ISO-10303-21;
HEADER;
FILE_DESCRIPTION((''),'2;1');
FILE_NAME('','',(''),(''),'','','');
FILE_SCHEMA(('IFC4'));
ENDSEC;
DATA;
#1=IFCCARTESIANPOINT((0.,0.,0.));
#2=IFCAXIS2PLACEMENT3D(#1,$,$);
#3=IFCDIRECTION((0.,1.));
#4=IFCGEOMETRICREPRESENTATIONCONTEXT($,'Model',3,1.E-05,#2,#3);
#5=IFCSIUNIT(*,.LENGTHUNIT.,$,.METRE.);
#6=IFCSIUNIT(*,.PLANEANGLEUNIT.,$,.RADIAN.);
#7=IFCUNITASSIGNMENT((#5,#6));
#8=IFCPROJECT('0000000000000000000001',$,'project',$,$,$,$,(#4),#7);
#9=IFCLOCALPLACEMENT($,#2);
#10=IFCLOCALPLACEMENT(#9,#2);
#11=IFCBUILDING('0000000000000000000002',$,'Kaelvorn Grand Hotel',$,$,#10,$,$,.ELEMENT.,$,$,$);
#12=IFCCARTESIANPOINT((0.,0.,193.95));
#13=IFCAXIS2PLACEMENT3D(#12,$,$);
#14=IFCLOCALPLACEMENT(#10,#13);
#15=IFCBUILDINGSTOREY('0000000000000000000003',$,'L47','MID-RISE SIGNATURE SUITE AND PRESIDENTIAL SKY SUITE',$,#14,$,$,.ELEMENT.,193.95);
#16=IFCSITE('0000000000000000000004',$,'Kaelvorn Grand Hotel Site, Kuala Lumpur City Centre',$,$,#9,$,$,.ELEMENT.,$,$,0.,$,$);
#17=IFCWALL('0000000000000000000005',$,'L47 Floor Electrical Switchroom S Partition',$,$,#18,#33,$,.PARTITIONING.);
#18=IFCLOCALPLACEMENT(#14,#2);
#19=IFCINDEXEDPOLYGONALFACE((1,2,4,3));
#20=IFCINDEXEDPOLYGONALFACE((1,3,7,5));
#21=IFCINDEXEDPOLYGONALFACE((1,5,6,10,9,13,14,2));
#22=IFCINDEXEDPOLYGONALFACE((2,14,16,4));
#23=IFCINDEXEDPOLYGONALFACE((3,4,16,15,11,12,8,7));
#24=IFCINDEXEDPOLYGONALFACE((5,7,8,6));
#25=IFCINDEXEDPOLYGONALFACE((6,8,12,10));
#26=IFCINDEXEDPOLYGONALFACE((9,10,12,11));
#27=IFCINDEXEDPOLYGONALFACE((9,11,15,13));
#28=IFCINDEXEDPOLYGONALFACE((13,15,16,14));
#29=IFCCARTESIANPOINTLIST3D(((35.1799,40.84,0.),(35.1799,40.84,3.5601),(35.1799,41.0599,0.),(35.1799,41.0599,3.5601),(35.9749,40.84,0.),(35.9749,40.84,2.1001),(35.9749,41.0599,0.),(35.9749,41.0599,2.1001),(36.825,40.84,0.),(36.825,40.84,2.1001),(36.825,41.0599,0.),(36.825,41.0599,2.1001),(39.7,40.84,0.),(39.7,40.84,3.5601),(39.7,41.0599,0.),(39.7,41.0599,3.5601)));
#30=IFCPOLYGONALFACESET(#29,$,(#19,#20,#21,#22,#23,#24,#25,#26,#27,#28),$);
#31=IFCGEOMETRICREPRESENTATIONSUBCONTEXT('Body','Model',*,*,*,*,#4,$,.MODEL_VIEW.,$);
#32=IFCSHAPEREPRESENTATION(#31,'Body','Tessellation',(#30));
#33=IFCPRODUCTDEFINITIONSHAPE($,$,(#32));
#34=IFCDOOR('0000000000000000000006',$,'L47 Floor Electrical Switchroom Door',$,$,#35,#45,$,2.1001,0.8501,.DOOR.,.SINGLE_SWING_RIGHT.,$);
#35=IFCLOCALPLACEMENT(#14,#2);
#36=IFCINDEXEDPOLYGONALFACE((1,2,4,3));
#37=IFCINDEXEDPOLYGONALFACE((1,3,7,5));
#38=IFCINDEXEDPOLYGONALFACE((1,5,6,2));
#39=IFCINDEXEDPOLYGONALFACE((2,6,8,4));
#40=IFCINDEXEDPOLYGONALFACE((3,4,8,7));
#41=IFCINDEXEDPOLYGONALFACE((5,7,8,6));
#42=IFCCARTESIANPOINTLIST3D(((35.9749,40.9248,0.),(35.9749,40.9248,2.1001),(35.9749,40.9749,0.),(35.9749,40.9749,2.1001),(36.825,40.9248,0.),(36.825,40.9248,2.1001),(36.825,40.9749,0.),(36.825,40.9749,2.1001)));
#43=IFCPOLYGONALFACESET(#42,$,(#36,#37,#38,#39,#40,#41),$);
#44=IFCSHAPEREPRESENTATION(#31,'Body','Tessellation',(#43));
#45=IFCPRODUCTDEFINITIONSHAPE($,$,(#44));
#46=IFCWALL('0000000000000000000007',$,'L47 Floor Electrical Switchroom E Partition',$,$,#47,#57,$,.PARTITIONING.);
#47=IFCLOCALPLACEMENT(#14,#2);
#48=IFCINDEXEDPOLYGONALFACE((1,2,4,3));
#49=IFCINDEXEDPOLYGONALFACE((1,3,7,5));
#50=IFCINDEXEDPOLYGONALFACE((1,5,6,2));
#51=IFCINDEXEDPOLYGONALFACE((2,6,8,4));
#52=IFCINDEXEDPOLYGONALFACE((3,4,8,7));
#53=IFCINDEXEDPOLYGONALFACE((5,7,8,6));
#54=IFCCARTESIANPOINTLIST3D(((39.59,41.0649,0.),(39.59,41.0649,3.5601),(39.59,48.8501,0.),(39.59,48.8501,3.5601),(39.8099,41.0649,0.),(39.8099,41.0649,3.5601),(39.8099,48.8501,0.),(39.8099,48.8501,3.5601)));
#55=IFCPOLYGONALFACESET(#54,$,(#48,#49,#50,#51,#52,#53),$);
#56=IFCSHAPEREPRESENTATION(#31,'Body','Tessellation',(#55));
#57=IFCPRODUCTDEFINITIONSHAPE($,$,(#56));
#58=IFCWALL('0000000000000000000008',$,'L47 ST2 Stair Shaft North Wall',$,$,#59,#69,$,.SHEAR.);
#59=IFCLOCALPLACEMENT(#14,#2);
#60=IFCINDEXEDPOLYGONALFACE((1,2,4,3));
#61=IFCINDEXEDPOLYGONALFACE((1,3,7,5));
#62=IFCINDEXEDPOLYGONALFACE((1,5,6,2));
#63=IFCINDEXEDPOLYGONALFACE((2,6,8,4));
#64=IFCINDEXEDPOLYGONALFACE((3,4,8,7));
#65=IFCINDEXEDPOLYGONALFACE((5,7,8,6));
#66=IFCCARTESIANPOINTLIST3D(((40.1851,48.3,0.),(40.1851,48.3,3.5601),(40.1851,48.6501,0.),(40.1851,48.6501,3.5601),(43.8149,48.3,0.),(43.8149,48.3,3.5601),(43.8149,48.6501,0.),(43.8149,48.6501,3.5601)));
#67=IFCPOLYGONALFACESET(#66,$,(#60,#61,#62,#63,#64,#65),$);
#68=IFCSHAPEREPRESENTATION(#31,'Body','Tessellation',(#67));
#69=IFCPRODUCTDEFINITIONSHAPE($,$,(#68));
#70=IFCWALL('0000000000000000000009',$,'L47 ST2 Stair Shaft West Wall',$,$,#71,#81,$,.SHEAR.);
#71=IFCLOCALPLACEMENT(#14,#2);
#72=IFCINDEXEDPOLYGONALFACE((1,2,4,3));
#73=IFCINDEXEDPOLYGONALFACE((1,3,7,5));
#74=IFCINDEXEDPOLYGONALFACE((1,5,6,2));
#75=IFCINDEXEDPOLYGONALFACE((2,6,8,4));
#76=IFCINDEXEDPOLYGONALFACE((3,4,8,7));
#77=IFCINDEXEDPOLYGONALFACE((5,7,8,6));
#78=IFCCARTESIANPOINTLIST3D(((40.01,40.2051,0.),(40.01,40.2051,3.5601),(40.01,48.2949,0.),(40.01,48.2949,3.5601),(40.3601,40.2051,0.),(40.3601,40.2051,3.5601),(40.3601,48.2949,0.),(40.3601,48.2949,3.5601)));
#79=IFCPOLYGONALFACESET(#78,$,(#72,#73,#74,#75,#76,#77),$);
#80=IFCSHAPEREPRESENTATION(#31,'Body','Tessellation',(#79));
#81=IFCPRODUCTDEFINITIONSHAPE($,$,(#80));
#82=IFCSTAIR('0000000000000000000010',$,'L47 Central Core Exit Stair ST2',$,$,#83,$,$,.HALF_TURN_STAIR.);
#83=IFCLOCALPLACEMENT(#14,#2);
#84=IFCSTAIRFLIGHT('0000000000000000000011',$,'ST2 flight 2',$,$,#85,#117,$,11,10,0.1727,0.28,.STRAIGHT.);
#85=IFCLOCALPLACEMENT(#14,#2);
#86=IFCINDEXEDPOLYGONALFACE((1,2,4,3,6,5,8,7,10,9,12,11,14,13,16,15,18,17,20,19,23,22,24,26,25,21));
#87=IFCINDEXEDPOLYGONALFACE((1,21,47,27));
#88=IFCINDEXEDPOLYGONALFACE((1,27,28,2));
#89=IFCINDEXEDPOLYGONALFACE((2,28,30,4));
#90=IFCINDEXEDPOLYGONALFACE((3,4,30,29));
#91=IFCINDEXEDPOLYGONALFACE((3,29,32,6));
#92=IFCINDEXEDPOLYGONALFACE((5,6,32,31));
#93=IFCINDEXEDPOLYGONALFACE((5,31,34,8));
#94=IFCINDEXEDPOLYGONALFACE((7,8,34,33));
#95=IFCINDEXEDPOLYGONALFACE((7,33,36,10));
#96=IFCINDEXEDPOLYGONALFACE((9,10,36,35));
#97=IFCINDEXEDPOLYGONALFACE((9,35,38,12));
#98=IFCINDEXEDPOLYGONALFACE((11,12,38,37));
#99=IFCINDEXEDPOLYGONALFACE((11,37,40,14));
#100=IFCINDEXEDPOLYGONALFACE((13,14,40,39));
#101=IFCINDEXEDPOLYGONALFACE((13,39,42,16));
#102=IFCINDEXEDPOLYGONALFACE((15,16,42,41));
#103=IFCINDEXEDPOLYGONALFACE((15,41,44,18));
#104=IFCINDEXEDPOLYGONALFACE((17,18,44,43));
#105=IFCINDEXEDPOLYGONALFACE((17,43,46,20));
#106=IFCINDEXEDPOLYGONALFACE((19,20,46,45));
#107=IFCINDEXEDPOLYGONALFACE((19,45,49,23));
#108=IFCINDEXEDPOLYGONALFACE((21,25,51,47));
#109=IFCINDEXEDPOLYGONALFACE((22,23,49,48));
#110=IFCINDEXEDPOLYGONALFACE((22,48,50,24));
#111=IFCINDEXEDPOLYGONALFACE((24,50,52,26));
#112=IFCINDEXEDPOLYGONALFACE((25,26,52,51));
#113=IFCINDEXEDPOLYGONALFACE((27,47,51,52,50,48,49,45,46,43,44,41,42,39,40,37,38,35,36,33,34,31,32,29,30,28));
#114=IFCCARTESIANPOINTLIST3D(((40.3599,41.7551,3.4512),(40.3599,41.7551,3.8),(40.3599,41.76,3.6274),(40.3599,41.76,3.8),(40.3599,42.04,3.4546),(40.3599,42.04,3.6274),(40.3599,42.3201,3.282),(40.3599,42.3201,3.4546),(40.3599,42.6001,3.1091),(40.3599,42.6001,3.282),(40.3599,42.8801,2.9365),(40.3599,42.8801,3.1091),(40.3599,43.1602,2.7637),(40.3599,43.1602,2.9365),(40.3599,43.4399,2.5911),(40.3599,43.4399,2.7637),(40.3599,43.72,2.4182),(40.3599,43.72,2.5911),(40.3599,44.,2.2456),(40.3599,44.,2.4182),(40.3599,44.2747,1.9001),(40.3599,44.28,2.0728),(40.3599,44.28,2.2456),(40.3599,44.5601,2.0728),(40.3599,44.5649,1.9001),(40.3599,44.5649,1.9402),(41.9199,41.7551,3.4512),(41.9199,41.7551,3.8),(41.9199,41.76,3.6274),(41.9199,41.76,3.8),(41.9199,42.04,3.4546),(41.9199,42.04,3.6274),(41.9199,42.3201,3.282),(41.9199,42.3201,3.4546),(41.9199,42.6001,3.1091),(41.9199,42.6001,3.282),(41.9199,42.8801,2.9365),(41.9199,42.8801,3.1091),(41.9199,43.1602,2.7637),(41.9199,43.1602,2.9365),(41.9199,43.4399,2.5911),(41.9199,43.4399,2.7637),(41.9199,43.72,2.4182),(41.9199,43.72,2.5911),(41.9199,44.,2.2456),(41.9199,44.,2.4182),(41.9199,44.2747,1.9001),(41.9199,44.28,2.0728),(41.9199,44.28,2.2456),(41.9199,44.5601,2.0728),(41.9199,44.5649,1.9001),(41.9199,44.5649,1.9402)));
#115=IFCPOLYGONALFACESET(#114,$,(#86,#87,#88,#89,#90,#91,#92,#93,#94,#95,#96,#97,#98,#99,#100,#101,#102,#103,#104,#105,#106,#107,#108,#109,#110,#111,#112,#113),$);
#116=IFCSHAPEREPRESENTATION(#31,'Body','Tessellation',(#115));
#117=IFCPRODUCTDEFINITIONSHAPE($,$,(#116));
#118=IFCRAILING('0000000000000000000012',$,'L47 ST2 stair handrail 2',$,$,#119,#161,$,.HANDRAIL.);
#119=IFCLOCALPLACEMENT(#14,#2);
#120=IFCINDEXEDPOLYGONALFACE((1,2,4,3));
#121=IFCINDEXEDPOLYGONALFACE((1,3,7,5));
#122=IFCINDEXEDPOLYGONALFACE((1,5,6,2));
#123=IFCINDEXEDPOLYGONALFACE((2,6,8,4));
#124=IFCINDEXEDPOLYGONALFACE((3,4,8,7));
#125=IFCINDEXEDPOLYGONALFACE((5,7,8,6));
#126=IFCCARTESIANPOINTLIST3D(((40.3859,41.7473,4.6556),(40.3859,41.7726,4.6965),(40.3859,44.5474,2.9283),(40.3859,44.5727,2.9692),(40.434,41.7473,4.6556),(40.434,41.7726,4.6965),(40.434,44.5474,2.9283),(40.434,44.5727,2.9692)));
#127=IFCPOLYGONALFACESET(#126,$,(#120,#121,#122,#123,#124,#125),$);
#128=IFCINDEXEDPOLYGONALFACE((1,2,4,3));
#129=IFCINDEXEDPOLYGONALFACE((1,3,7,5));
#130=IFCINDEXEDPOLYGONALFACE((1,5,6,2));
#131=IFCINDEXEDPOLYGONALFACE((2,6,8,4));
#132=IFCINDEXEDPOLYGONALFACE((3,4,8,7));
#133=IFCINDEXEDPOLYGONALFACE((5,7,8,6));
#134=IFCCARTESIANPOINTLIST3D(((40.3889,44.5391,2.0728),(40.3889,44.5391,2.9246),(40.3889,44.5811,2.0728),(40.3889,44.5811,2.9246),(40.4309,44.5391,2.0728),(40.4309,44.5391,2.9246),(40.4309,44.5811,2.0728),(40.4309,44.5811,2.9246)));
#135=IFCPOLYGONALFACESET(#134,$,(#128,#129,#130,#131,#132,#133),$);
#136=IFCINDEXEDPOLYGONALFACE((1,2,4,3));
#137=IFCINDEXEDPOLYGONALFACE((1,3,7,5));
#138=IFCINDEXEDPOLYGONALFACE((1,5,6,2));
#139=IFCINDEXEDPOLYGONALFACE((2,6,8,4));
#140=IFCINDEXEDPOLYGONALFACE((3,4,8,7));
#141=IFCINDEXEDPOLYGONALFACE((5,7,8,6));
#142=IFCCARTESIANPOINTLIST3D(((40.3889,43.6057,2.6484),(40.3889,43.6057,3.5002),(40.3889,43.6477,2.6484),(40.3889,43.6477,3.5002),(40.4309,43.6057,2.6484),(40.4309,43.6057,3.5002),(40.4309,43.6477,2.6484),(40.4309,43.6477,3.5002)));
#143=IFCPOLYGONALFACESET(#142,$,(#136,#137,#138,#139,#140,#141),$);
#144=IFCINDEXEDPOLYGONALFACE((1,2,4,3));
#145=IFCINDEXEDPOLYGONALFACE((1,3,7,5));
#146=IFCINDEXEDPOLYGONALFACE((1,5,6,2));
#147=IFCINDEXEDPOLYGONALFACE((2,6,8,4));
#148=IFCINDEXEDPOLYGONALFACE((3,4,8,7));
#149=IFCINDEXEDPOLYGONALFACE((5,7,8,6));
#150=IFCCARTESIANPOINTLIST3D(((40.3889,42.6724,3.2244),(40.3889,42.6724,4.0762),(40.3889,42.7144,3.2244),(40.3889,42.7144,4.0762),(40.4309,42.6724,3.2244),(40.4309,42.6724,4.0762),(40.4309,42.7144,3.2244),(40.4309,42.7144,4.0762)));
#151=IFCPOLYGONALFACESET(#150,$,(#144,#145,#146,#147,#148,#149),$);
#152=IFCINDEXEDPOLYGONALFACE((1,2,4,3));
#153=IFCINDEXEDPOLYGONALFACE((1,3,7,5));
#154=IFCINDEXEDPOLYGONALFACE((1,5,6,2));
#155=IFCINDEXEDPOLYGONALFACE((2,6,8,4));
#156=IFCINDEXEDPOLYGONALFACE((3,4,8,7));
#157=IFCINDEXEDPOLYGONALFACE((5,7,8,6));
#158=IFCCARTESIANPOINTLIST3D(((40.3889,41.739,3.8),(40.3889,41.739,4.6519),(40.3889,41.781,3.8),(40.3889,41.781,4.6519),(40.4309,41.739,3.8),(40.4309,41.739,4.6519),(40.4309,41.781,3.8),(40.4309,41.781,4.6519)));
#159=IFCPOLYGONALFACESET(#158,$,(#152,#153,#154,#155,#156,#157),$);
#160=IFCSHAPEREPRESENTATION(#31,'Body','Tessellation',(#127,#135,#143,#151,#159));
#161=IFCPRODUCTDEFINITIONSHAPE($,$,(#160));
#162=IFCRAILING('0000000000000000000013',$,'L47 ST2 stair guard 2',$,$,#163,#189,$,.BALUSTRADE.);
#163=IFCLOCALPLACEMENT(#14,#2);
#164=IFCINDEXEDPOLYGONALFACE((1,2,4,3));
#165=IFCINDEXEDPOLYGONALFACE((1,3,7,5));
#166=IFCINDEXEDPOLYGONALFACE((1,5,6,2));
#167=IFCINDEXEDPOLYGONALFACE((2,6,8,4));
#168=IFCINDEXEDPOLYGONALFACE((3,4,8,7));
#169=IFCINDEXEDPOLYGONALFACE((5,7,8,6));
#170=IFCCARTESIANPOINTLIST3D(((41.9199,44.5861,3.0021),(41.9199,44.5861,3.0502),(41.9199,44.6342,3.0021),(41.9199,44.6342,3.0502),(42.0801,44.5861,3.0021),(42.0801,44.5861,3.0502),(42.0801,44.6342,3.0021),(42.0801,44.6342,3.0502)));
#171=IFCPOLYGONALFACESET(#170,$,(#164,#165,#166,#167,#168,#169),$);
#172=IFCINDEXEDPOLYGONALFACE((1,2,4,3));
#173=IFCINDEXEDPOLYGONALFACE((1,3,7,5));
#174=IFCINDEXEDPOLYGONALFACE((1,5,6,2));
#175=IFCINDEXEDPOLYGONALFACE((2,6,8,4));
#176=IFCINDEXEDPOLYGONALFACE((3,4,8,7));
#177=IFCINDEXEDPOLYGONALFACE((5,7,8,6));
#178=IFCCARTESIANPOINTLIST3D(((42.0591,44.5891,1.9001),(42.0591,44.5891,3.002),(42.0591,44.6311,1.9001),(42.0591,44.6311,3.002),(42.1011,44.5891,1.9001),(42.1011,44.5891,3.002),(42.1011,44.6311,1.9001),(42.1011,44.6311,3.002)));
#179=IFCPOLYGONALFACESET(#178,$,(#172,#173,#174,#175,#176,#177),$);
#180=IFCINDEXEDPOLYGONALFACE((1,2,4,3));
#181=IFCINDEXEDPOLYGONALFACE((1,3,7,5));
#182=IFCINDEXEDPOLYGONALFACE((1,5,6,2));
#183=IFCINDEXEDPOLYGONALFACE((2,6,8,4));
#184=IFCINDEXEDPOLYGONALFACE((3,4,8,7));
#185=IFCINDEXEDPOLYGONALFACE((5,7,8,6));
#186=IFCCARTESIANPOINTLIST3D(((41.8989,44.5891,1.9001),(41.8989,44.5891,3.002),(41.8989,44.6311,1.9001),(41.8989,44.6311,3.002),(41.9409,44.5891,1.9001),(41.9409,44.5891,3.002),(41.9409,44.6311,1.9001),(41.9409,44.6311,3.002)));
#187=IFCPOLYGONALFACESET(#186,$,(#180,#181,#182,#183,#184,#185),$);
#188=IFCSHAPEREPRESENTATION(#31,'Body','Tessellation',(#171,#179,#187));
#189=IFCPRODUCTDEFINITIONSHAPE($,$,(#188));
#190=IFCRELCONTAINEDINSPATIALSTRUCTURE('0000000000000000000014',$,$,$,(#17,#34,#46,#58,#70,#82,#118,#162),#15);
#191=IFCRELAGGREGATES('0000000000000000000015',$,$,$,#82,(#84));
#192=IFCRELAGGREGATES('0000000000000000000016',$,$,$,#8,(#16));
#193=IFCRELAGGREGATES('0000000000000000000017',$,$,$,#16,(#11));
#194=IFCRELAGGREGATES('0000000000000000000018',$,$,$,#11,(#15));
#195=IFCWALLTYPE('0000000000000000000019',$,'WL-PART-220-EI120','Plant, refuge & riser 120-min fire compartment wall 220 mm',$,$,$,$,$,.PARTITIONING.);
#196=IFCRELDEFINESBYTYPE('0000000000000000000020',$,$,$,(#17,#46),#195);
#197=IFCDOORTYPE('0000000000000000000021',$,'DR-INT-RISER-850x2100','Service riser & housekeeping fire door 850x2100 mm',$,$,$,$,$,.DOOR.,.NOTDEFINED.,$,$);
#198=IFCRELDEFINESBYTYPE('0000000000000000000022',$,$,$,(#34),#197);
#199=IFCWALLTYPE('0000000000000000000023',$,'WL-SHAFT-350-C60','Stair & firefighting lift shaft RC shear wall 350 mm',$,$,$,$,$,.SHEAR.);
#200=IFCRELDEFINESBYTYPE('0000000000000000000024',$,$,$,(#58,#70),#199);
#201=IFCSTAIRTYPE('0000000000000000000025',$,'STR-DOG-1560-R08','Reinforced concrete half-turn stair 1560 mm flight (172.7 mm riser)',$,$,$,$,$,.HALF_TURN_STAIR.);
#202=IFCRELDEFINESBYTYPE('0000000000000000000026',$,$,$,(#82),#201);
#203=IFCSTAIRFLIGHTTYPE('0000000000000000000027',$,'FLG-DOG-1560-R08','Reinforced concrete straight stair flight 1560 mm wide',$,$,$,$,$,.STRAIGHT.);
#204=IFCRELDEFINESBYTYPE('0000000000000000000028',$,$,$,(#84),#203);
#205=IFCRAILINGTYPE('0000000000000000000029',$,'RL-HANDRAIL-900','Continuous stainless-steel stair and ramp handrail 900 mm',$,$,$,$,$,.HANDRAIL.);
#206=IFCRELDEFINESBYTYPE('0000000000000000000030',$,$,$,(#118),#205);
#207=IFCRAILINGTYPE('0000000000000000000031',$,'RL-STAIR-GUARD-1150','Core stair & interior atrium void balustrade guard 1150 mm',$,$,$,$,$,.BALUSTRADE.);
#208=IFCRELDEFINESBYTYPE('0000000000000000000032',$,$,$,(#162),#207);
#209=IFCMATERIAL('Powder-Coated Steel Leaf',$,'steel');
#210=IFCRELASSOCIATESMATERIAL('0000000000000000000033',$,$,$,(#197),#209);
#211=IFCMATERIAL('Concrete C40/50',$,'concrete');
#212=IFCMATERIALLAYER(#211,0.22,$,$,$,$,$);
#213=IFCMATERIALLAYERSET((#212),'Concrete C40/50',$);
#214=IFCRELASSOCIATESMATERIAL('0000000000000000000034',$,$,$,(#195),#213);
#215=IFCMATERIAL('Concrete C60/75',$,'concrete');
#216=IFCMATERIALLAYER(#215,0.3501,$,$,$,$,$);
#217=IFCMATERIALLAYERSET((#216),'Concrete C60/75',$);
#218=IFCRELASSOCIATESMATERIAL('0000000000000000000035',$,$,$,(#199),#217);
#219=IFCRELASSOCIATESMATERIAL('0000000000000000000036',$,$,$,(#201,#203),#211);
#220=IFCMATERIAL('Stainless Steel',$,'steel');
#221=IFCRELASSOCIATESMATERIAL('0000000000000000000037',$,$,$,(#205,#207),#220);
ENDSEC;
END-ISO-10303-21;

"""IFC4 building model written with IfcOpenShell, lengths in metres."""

from ifc_helpers import new_model, si_unit, direction, frame, frame_2d, origin, origin_2d, place, context, subcontext, project, spatial, polyline, rectangle, outline, extrude, material, layer, layer_set, type_object, element, fill, aggregate, save


model = new_model("IFC4")

# Units and contexts
model_context = context("Model", 3, precision=1e-05, world=origin(), true_north=direction((0.0, 1.0)))
body_context = subcontext(model_context, "Body", "Model", "MODEL_VIEW")
ifc_project = project(units=[si_unit("LENGTHUNIT", "METRE"), si_unit("PLANEANGLEUNIT", "RADIAN")], contexts=[model_context])

# Site, building, storey
site_placement = place(None, origin())
site = spatial("IfcSite", under=ifc_project, at=site_placement, Name="Kaelvorn Grand Hotel Site, Kuala Lumpur City Centre", CompositionType="ELEMENT", RefElevation=0.0)
building_placement = place(site_placement, origin())
building = spatial("IfcBuilding", under=site, at=building_placement, Name="Kaelvorn Grand Hotel", CompositionType="ELEMENT")
storey_placement = place(building_placement, frame((0.0, 0.0, 193.95)))
storey = spatial("IfcBuildingStorey", under=building, at=storey_placement, Name="L47", Description="MID-RISE SIGNATURE SUITE AND PRESIDENTIAL SKY SUITE", CompositionType="ELEMENT", Elevation=193.95)

# Shared definitions
ifc_material_1 = material(Name="Concrete C60/75", Category="concrete")

# Shared definitions
ifc_material_2 = material(Name="Powder-Coated Steel Leaf", Category="steel")
door_type_1 = type_object("IfcDoorType", Name="DR-INT-RISER-850x2100", Description="Service riser & housekeeping fire door 850x2100 mm", OperationType="NOTDEFINED", PredefinedType="DOOR", material=ifc_material_2)

# Shared definitions
ifc_material_3 = material(Name="Concrete C40/50", Category="concrete")
ifc_layer_1 = layer(ifc_material_3, 0.22)
ifc_layer_set_1 = layer_set([ifc_layer_1], Name="Concrete C40/50")
wall_type_1 = type_object("IfcWallType", Name="WL-PART-220-EI120", Description="Plant, refuge & riser 120-min fire compartment wall 220 mm", PredefinedType="PARTITIONING", material=ifc_layer_set_1)

# Wall, opening, door
wall_1_placement = place(storey_placement, frame((35.1799, 40.95, 0.0), z_axis=(0.0, 0.0, 1.0), x_axis=(1.0, 0.0, 0.0)))
wall_1 = element("IfcWall", 1, at=wall_1_placement, inside=storey, type_object=wall_type_1, Name="L47 Floor Electrical Switchroom S Partition", PredefinedType="PARTITIONING", context=body_context, shape_type="SweptSolid", body=[
    extrude(rectangle(XDim=4.52, YDim=0.22, at=frame_2d((2.26, 0.0))), origin(), (0.0, 0.0, 1.0), 3.5601),
])
opening_1_placement = place(wall_1_placement, frame((0.7949, 0.0, 0.0)))
opening_1 = element("IfcOpeningElement", 2, at=opening_1_placement, cuts=wall_1, PredefinedType="OPENING", context=body_context, shape_type="SweptSolid", body=[
    extrude(rectangle(XDim=0.8501, YDim=2.1001, at=frame_2d((0.425, 1.05))), frame((0.0, 0.1201, 0.0), z_axis=(0.0, -1.0, 0.0), x_axis=(1.0, 0.0, 0.0)), (0.0, 0.0, 1.0), 0.24),
])
door_1_placement = place(opening_1_placement, origin())
door_1 = element("IfcDoor", 3, at=door_1_placement, inside=storey, type_object=door_type_1, Name="L47 Floor Electrical Switchroom Door", OperationType="SINGLE_SWING_RIGHT", OverallHeight=2.1001, OverallWidth=0.8501, PredefinedType="DOOR", context=body_context, shape_type="SweptSolid", body=[
    extrude(rectangle(XDim=0.8501, YDim=2.1001, at=frame_2d((0.425, 1.05))), frame((0.0, 0.0249, 0.0), z_axis=(0.0, -1.0, 0.0), x_axis=(1.0, 0.0, 0.0)), (0.0, 0.0, 1.0), 0.05),
])
fill(opening_1, door_1)

# Wall
wall_2_placement = place(storey_placement, frame((39.7, 41.0649, 0.0), z_axis=(0.0, 0.0, 1.0), x_axis=(0.0, 1.0, 0.0)))
element("IfcWall", 4, at=wall_2_placement, inside=storey, type_object=wall_type_1, Name="L47 Floor Electrical Switchroom E Partition", PredefinedType="PARTITIONING", context=body_context, shape_type="SweptSolid", body=[
    extrude(rectangle(XDim=7.7852, YDim=0.22, at=frame_2d((3.8926, 0.0))), origin(), (0.0, 0.0, 1.0), 3.5601),
])

# Shared definitions
ifc_layer_2 = layer(ifc_material_1, 0.3501)
ifc_layer_set_2 = layer_set([ifc_layer_2], Name="Concrete C60/75")
wall_type_2 = type_object("IfcWallType", Name="WL-SHAFT-350-C60", Description="Stair & firefighting lift shaft RC shear wall 350 mm", PredefinedType="SHEAR", material=ifc_layer_set_2)

# Walls
wall_3_placement = place(storey_placement, frame((40.1851, 48.4751, 0.0), z_axis=(0.0, 0.0, 1.0), x_axis=(1.0, 0.0, 0.0)))
element("IfcWall", 5, at=wall_3_placement, inside=storey, type_object=wall_type_2, Name="L47 ST2 Stair Shaft North Wall", PredefinedType="SHEAR", context=body_context, shape_type="SweptSolid", body=[
    extrude(rectangle(XDim=3.6299, YDim=0.3501, at=frame_2d((1.8149, 0.0))), origin(), (0.0, 0.0, 1.0), 3.5601),
])
wall_4_placement = place(storey_placement, frame((40.1851, 40.2051, 0.0), z_axis=(0.0, 0.0, 1.0), x_axis=(0.0, 1.0, 0.0)))
element("IfcWall", 6, at=wall_4_placement, inside=storey, type_object=wall_type_2, Name="L47 ST2 Stair Shaft West Wall", PredefinedType="SHEAR", context=body_context, shape_type="SweptSolid", body=[
    extrude(rectangle(XDim=8.0898, YDim=0.3501, at=frame_2d((4.0449, 0.0))), origin(), (0.0, 0.0, 1.0), 3.5601),
])

# Stair, stair flight
stair_type = type_object("IfcStairType", Name="STR-DOG-1560-R08", Description="Reinforced concrete half-turn stair 1560 mm flight (172.7 mm riser)", PredefinedType="HALF_TURN_STAIR", material=ifc_material_3)
stair_placement = place(storey_placement, origin())
stair = element("IfcStair", 7, at=stair_placement, inside=storey, type_object=stair_type, Name="L47 Central Core Exit Stair ST2", PredefinedType="HALF_TURN_STAIR")
stair_flight_type = type_object("IfcStairFlightType", Name="FLG-DOG-1560-R08", Description="Reinforced concrete straight stair flight 1560 mm wide", PredefinedType="STRAIGHT", material=ifc_material_3)
stair_flight_placement = place(storey_placement, frame((41.1399, 44.5601, 1.9001), z_axis=(0.0, 0.0, 1.0), x_axis=(0.0, -1.0, 0.0)))
stair_flight = element("IfcStairFlight", 8, at=stair_flight_placement, type_object=stair_flight_type, Name="ST2 flight 2", NumberOfRisers=11, NumberOfTreads=10, PredefinedType="STRAIGHT", RiserHeight=0.1727, TreadLength=0.28, context=body_context, shape_type="SweptSolid", body=[
    extrude(outline(polyline([(-0.0049, 0.0), (-0.0049, 0.04), (0.0, 0.1726), (0.28, 0.1726), (0.28, 0.3455), (0.5601, 0.3455), (0.5601, 0.5181), (0.8401, 0.5181), (0.8401, 0.6909), (1.1201, 0.6909), (1.1201, 0.8635), (1.3999, 0.8635), (1.3999, 1.0364), (1.6799, 1.0364), (1.6799, 1.209), (1.96, 1.209), (1.96, 1.3818), (2.24, 1.3818), (2.24, 1.5544), (2.52, 1.5544), (2.52, 1.7273), (2.8, 1.7273), (2.8, 1.8999), (2.8049, 1.8999), (2.8049, 1.551), (0.2854, 0.0), (-0.0049, 0.0)])), frame((0.0, 0.78, 0.0), z_axis=(0.0, -1.0, 0.0), x_axis=(1.0, 0.0, 0.0)), (0.0, 0.0, 1.0), 1.5601),
])
aggregate(stair, [stair_flight])

# Railings
ifc_material_4 = material(Name="Stainless Steel", Category="steel")
railing_type_1 = type_object("IfcRailingType", Name="RL-HANDRAIL-900", Description="Continuous stainless-steel stair and ramp handrail 900 mm", PredefinedType="HANDRAIL", material=ifc_material_4)
railing_1_placement = place(storey_placement, frame((40.4099, 44.5601, 2.0728)))
element("IfcRailing", 9, at=railing_1_placement, inside=storey, type_object=railing_type_1, Name="L47 ST2 stair handrail 2", PredefinedType="HANDRAIL", context=body_context, shape_type="SweptSolid", body=[
    extrude(rectangle(XDim=0.0481, YDim=0.0481, at=origin_2d()), frame((0.0, 0.0, 0.876), z_axis=(0.0, -0.85109, 0.52502), x_axis=(1.0, 0.0, 0.0)), (0.0, 0.0, 1.0), 3.29),
    extrude(rectangle(XDim=0.042, YDim=0.042, at=origin_2d()), origin(), (0.0, 0.0, 1.0), 0.8518),
    extrude(rectangle(XDim=0.042, YDim=0.042, at=origin_2d()), frame((0.0, -0.9333, 0.5757)), (0.0, 0.0, 1.0), 0.8518),
    extrude(rectangle(XDim=0.042, YDim=0.042, at=origin_2d()), frame((0.0, -1.8667, 1.1516)), (0.0, 0.0, 1.0), 0.8518),
    extrude(rectangle(XDim=0.042, YDim=0.042, at=origin_2d()), frame((0.0, -2.8, 1.7273)), (0.0, 0.0, 1.0), 0.8518),
])
railing_type_2 = type_object("IfcRailingType", Name="RL-STAIR-GUARD-1150", Description="Core stair & interior atrium void balustrade guard 1150 mm", PredefinedType="BALUSTRADE", material=ifc_material_4)
railing_2_placement = place(storey_placement, frame((42.0801, 44.6101, 1.9001)))
element("IfcRailing", 10, at=railing_2_placement, inside=storey, type_object=railing_type_2, Name="L47 ST2 stair guard 2", PredefinedType="BALUSTRADE", context=body_context, shape_type="SweptSolid", body=[
    extrude(rectangle(XDim=0.0481, YDim=0.0481, at=origin_2d()), frame((0.0, 0.0, 1.126), z_axis=(-1.0, 0.0, 0.0), x_axis=(0.0, -1.0, 0.0)), (0.0, 0.0, 1.0), 0.1602),
    extrude(rectangle(XDim=0.042, YDim=0.042, at=origin_2d()), origin(), (0.0, 0.0, 1.0), 1.1018),
    extrude(rectangle(XDim=0.042, YDim=0.042, at=origin_2d()), frame((-0.1602, 0.0, 0.0)), (0.0, 0.0, 1.0), 1.1018),
])

save(model, "model.ifc")
